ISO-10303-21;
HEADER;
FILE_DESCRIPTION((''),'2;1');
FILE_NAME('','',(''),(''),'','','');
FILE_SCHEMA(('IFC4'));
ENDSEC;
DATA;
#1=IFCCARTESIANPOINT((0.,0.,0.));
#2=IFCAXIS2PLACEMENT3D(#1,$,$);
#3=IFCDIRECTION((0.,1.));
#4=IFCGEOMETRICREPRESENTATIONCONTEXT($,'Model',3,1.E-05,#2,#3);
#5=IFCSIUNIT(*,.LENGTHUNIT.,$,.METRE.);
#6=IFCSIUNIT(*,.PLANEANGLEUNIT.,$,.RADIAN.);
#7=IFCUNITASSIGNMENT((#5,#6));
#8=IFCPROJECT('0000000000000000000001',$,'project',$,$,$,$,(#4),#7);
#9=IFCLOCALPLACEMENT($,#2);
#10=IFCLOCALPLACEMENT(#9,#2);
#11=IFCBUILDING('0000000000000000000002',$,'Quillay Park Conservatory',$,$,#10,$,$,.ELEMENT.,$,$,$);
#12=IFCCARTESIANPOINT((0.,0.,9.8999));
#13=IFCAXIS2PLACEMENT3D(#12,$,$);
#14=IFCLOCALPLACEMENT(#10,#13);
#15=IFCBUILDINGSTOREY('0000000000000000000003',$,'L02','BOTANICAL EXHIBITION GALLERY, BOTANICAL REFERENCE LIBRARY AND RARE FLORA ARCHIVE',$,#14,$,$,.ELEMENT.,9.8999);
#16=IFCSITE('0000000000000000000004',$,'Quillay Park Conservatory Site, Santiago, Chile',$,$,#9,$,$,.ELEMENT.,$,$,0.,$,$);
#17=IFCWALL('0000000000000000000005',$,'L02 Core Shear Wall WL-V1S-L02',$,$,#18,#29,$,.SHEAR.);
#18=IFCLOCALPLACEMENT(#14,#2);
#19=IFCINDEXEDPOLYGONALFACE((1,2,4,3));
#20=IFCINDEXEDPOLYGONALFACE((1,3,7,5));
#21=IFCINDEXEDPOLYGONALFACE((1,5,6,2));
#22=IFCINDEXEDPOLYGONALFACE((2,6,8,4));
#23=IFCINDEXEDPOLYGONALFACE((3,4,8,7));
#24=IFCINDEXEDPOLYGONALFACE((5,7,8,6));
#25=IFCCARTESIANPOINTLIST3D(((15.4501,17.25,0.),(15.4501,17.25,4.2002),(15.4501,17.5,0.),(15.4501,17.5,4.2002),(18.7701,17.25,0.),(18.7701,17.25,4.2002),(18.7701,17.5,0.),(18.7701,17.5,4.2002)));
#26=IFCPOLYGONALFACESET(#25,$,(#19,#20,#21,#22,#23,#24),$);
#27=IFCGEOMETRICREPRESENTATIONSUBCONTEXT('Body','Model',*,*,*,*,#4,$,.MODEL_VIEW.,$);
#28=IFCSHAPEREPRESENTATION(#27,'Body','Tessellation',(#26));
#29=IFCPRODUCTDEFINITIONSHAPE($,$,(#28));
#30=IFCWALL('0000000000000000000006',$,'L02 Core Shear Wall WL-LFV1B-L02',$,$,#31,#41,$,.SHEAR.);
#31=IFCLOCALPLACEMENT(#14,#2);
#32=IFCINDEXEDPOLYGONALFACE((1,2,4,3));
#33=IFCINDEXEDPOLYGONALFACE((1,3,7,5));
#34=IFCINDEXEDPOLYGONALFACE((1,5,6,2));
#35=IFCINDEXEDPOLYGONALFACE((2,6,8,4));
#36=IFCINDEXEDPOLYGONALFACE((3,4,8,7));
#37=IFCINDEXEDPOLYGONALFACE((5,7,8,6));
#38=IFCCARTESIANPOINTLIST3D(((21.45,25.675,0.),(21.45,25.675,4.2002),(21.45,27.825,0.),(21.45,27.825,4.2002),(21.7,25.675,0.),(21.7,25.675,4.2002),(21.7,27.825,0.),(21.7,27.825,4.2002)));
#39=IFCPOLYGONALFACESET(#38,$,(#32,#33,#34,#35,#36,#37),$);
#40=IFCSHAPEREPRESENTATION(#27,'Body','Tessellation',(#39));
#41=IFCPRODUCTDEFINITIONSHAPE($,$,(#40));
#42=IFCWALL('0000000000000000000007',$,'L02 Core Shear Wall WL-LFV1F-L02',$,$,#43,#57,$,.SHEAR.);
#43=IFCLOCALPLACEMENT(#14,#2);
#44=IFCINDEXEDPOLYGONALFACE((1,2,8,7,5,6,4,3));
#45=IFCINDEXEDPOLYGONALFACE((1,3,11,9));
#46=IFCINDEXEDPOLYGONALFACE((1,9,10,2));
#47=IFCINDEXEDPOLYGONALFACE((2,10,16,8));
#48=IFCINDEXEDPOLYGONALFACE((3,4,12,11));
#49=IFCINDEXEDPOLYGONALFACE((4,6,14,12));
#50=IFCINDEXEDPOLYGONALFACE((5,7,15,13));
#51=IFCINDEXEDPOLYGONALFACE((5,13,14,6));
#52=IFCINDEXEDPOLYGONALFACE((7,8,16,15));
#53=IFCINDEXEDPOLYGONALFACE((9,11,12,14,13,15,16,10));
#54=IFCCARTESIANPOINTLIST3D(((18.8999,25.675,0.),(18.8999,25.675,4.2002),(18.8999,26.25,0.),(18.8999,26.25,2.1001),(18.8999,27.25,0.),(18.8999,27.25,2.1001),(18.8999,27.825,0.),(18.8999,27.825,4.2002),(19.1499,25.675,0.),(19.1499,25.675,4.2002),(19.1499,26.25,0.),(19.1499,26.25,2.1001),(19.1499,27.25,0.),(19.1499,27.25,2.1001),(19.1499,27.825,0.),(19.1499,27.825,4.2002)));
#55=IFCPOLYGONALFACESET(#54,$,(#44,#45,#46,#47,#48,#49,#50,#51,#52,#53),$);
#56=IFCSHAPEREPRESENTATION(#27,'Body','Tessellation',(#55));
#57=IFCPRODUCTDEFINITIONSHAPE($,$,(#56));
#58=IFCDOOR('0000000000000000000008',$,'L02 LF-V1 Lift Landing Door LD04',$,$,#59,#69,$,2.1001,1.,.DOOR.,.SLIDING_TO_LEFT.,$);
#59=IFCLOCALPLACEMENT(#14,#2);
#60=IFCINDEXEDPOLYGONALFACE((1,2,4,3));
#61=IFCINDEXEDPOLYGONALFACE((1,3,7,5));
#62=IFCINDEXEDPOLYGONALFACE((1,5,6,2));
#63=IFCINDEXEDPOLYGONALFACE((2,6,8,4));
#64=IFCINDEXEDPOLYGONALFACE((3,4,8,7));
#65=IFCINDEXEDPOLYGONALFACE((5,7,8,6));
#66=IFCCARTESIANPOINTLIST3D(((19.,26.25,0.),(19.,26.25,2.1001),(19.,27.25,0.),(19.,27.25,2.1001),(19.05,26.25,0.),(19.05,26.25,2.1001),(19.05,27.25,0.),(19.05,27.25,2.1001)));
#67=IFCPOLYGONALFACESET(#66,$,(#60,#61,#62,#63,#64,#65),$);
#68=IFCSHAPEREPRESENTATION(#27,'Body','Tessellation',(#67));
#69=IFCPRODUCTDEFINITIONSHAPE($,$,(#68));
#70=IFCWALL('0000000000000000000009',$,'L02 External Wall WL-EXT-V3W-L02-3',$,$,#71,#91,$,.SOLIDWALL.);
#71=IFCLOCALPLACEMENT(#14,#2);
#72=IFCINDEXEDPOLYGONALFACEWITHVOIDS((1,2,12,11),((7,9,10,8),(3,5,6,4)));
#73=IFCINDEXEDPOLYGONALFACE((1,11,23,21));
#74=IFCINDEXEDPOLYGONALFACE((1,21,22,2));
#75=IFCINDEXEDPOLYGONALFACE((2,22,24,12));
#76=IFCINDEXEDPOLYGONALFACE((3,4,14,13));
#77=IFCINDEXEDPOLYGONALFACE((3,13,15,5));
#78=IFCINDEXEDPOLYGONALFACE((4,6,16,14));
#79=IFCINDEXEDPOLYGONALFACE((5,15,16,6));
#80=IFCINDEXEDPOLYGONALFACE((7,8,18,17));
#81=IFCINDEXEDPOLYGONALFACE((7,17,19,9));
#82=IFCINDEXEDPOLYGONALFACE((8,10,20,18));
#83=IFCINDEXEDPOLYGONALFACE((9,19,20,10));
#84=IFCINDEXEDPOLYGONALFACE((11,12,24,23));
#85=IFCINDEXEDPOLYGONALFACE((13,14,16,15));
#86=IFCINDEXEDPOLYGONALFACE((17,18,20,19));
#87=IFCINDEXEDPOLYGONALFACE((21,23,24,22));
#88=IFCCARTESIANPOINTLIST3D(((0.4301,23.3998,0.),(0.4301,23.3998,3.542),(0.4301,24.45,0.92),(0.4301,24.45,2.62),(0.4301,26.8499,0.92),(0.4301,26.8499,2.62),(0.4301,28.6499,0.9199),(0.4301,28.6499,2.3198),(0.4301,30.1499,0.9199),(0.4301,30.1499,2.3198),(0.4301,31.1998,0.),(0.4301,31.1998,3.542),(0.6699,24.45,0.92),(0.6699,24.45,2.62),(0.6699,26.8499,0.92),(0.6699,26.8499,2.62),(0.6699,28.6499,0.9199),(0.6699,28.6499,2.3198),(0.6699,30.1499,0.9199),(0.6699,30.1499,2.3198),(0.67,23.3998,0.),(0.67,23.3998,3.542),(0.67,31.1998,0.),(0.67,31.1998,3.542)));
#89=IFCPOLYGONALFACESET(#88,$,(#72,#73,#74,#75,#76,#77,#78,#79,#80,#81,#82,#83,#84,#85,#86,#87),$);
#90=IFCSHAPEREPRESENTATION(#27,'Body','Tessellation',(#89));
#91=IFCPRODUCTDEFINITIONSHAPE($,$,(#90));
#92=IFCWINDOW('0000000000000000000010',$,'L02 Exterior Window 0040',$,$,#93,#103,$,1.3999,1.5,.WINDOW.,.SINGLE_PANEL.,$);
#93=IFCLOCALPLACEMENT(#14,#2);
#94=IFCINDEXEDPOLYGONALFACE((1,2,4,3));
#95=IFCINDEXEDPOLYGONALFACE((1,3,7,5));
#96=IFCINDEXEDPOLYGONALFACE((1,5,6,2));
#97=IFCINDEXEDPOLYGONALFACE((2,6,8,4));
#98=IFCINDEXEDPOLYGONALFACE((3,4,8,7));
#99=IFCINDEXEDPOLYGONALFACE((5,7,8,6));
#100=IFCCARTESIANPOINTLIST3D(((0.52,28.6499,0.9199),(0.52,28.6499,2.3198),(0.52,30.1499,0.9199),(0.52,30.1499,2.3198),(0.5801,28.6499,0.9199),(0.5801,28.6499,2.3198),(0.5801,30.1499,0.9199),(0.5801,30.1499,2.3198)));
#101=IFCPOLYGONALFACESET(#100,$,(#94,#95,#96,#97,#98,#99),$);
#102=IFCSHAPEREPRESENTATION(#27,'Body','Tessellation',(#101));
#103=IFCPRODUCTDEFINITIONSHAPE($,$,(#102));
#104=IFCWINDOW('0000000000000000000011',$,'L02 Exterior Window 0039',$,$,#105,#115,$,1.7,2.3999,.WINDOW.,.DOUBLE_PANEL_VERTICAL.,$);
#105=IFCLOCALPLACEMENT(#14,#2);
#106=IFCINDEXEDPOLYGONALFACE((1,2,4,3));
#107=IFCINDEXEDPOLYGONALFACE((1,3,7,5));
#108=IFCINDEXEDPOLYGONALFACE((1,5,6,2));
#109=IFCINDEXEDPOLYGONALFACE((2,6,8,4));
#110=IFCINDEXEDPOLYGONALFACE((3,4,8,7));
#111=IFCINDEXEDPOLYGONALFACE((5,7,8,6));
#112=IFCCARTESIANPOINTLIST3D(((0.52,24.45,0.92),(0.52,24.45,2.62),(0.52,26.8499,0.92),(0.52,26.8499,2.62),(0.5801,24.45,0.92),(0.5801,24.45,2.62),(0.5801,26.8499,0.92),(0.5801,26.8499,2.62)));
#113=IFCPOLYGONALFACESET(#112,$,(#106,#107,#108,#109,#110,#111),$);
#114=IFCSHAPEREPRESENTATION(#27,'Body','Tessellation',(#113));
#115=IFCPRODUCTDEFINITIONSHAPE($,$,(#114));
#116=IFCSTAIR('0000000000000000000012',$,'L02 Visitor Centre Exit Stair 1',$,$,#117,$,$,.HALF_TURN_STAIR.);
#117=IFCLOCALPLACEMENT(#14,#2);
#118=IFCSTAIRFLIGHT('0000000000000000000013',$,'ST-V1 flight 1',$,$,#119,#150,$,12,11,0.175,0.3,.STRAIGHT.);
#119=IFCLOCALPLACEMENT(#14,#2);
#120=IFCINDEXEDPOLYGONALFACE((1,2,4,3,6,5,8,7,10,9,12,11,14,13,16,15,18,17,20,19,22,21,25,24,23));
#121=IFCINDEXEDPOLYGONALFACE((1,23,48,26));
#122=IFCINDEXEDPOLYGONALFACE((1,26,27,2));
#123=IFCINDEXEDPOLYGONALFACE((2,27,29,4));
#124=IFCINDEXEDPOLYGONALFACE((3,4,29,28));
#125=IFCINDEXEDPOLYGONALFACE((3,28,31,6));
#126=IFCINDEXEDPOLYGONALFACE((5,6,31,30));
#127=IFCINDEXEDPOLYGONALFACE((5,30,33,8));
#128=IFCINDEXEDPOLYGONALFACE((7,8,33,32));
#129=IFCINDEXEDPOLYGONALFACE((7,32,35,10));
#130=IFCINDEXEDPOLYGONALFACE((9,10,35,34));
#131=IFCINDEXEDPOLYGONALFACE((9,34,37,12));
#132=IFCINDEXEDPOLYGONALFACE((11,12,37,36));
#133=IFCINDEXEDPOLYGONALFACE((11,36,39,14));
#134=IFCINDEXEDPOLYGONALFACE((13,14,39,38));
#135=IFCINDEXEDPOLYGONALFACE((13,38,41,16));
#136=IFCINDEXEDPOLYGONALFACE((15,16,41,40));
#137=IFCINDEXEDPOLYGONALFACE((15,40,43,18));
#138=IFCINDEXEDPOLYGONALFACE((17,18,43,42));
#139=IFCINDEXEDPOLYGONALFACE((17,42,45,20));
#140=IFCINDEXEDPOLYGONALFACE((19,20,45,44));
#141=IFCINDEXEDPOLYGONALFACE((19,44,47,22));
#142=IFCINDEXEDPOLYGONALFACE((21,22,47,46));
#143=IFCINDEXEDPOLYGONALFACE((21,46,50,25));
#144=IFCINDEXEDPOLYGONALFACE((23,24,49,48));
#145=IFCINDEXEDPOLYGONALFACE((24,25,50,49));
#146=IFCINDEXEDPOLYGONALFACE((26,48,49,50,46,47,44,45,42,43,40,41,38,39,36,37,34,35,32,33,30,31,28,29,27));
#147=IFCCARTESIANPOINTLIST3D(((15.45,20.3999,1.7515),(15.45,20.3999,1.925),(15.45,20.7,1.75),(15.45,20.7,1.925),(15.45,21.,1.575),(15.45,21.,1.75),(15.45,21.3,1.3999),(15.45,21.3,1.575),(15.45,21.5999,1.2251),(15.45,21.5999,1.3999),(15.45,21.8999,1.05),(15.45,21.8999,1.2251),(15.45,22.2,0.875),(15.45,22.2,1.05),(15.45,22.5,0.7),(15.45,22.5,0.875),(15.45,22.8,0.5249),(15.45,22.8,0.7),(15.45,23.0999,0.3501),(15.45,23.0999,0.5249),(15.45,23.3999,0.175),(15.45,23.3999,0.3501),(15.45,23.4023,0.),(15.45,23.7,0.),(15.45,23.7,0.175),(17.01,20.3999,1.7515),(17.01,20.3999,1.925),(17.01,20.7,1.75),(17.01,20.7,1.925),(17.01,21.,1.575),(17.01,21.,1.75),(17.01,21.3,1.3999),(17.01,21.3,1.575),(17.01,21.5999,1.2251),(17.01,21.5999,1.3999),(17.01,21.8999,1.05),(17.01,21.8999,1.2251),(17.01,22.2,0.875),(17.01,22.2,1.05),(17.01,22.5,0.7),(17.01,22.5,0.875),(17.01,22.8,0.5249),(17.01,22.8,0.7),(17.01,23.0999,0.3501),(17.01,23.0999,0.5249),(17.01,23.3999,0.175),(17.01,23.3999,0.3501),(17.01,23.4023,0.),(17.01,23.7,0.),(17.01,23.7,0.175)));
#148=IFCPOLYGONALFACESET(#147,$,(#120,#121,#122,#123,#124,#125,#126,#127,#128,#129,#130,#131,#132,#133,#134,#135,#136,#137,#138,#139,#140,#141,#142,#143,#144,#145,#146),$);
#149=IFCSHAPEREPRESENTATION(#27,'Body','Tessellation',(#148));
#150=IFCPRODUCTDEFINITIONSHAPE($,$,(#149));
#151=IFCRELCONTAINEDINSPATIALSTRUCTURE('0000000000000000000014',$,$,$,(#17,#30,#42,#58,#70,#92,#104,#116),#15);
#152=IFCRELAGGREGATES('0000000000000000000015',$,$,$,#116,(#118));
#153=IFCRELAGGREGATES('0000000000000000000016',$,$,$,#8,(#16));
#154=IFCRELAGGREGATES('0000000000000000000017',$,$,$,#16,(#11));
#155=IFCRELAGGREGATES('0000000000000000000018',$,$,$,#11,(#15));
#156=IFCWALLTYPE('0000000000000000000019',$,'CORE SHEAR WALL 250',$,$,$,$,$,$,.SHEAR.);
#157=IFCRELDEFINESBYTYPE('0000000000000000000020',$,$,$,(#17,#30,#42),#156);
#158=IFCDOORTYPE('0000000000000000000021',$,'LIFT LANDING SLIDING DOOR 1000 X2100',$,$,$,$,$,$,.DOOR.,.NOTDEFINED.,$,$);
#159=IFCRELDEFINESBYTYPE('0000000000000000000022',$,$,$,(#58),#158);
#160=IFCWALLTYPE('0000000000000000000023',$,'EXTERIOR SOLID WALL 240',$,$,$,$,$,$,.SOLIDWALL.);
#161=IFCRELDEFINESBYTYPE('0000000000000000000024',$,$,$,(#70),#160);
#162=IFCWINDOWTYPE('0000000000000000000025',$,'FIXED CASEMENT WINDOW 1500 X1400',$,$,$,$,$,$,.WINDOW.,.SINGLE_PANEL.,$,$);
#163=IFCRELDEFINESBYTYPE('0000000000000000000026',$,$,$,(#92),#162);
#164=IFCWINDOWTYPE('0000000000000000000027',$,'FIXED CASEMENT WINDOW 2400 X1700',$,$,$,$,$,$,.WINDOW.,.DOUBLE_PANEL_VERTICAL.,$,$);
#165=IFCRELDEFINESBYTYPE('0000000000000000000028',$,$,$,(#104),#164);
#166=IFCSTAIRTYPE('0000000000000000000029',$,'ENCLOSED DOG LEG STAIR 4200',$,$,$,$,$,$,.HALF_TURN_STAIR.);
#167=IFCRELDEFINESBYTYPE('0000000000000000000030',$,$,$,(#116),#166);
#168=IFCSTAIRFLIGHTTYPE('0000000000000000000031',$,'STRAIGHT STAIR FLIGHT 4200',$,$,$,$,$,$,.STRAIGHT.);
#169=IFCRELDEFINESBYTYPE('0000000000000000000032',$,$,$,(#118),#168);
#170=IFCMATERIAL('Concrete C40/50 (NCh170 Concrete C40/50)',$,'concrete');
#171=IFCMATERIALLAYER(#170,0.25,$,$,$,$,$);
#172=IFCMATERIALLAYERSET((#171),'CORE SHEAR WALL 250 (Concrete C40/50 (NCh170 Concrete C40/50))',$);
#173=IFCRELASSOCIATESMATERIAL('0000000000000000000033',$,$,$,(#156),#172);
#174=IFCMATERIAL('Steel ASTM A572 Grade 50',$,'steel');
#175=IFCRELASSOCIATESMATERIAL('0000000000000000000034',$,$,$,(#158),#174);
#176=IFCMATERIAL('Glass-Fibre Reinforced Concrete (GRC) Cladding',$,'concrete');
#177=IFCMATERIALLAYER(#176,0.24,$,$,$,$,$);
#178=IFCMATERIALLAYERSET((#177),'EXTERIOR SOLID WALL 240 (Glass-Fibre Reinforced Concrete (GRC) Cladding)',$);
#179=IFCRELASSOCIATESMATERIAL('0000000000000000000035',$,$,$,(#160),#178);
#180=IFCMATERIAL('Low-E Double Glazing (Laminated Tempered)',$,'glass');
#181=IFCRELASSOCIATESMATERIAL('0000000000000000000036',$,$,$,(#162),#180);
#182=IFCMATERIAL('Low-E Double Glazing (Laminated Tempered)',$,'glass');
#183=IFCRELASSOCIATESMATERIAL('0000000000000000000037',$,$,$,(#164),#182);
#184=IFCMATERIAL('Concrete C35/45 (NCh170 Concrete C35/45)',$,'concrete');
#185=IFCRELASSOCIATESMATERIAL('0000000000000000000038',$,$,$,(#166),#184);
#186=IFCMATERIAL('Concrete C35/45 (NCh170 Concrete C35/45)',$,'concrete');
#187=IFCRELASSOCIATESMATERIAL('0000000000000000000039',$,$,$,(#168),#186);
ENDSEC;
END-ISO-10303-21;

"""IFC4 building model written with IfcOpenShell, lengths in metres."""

from ifc_helpers import new_model, si_unit, direction, frame, frame_2d, origin, place, context, subcontext, project, spatial, polyline, rectangle, outline, extrude, material, layer, layer_set, type_object, element, fill, aggregate, save


model = new_model("IFC4")

# Units and contexts
model_context = context("Model", 3, precision=1e-05, world=origin(), true_north=direction((0.0, 1.0)))
body_context = subcontext(model_context, "Body", "Model", "MODEL_VIEW")
ifc_project = project(units=[si_unit("LENGTHUNIT", "METRE"), si_unit("PLANEANGLEUNIT", "RADIAN")], contexts=[model_context])

# Site, building, storey
site_placement = place(None, origin())
site = spatial("IfcSite", under=ifc_project, at=site_placement, Name="Quillay Park Conservatory Site, Santiago, Chile", CompositionType="ELEMENT", RefElevation=0.0)
building_placement = place(site_placement, origin())
building = spatial("IfcBuilding", under=site, at=building_placement, Name="Quillay Park Conservatory", CompositionType="ELEMENT")
storey_placement = place(building_placement, frame((0.0, 0.0, 9.8999)))
storey = spatial("IfcBuildingStorey", under=building, at=storey_placement, Name="L02", Description="BOTANICAL EXHIBITION GALLERY, BOTANICAL REFERENCE LIBRARY AND RARE FLORA ARCHIVE", CompositionType="ELEMENT", Elevation=9.8999)

# Wall
ifc_material_1 = material(Name="Concrete C40/50 (NCh170 Concrete C40/50)", Category="concrete")
ifc_layer_1 = layer(ifc_material_1, 0.25)
ifc_layer_set_1 = layer_set([ifc_layer_1], Name="CORE SHEAR WALL 250 (Concrete C40/50 (NCh170 Concrete C40/50))")
wall_type_1 = type_object("IfcWallType", Name="CORE SHEAR WALL 250", PredefinedType="SHEAR", material=ifc_layer_set_1)
wall_1_placement = place(storey_placement, frame((15.45, 17.375, 0.0), z_axis=(0.0, 0.0, 1.0), x_axis=(1.0, 0.0, 0.0)))
element("IfcWall", 1, at=wall_1_placement, inside=storey, type_object=wall_type_1, Name="L02 Core Shear Wall WL-V1S-L02", PredefinedType="SHEAR", context=body_context, shape_type="SweptSolid", body=[
    extrude(rectangle(XDim=3.3201, YDim=0.25, at=frame_2d((1.6602, 0.0))), origin(), (0.0, 0.0, 1.0), 4.2002),
])

# Wall
wall_2_placement = place(storey_placement, frame((21.575, 25.675, 0.0), z_axis=(0.0, 0.0, 1.0), x_axis=(0.0, 1.0, 0.0)))
element("IfcWall", 2, at=wall_2_placement, inside=storey, type_object=wall_type_1, Name="L02 Core Shear Wall WL-LFV1B-L02", PredefinedType="SHEAR", context=body_context, shape_type="SweptSolid", body=[
    extrude(rectangle(XDim=2.1499, YDim=0.25, at=frame_2d((1.075, 0.0))), origin(), (0.0, 0.0, 1.0), 4.2002),
])

# Wall, opening, door
wall_3_placement = place(storey_placement, frame((19.0249, 25.675, 0.0), z_axis=(0.0, 0.0, 1.0), x_axis=(0.0, 1.0, 0.0)))
wall_3 = element("IfcWall", 3, at=wall_3_placement, inside=storey, type_object=wall_type_1, Name="L02 Core Shear Wall WL-LFV1F-L02", PredefinedType="SHEAR", context=body_context, shape_type="SweptSolid", body=[
    extrude(rectangle(XDim=2.1499, YDim=0.25, at=frame_2d((1.075, 0.0))), origin(), (0.0, 0.0, 1.0), 4.2002),
])
opening_1_placement = place(wall_3_placement, frame((0.575, 0.0, 0.0)))
opening_1 = element("IfcOpeningElement", 4, at=opening_1_placement, cuts=wall_3, PredefinedType="OPENING", context=body_context, shape_type="SweptSolid", body=[
    extrude(rectangle(XDim=1.0, YDim=2.1001, at=frame_2d((0.5, 1.05))), frame((0.0, 0.125, 0.0), z_axis=(0.0, -1.0, 0.0), x_axis=(1.0, 0.0, 0.0)), (0.0, 0.0, 1.0), 0.25),
])
ifc_material_2 = material(Name="Steel ASTM A572 Grade 50", Category="steel")
door_type_1 = type_object("IfcDoorType", Name="LIFT LANDING SLIDING DOOR 1000 X2100", OperationType="NOTDEFINED", PredefinedType="DOOR", material=ifc_material_2)
door_1_placement = place(opening_1_placement, origin())
door_1 = element("IfcDoor", 5, at=door_1_placement, inside=storey, type_object=door_type_1, Name="L02 LF-V1 Lift Landing Door LD04", OperationType="SLIDING_TO_LEFT", OverallHeight=2.1001, OverallWidth=1.0, PredefinedType="DOOR", context=body_context, shape_type="SweptSolid", body=[
    extrude(rectangle(XDim=1.0, YDim=2.1001, at=frame_2d((0.5, 1.05))), frame((0.0, 0.0249, 0.0), z_axis=(0.0, -1.0, 0.0), x_axis=(1.0, 0.0, 0.0)), (0.0, 0.0, 1.0), 0.05),
])
fill(opening_1, door_1)

# Wall, openings, windows
ifc_material_3 = material(Name="Glass-Fibre Reinforced Concrete (GRC) Cladding", Category="concrete")
ifc_layer_2 = layer(ifc_material_3, 0.24)
ifc_layer_set_2 = layer_set([ifc_layer_2], Name="EXTERIOR SOLID WALL 240 (Glass-Fibre Reinforced Concrete (GRC) Cladding)")
wall_type_2 = type_object("IfcWallType", Name="EXTERIOR SOLID WALL 240", PredefinedType="SOLIDWALL", material=ifc_layer_set_2)
wall_4_placement = place(storey_placement, frame((0.55, 23.3999, 0.0), z_axis=(0.0, 0.0, 1.0), x_axis=(0.0, 1.0, 0.0)))
wall_4 = element("IfcWall", 6, at=wall_4_placement, inside=storey, type_object=wall_type_2, Name="L02 External Wall WL-EXT-V3W-L02-3", PredefinedType="SOLIDWALL", context=body_context, shape_type="SweptSolid", body=[
    extrude(rectangle(XDim=7.8, YDim=0.24, at=frame_2d((3.8999, 0.0))), origin(), (0.0, 0.0, 1.0), 3.542),
])
opening_2_placement = place(wall_4_placement, frame((1.05, 0.0, 0.9199)))
opening_2 = element("IfcOpeningElement", 7, at=opening_2_placement, cuts=wall_4, PredefinedType="OPENING", context=body_context, shape_type="SweptSolid", body=[
    extrude(rectangle(XDim=2.3999, YDim=1.7, at=frame_2d((1.2, 0.8501))), frame((0.0, 0.1201, 0.0), z_axis=(0.0, -1.0, 0.0), x_axis=(1.0, 0.0, 0.0)), (0.0, 0.0, 1.0), 0.24),
])
opening_3_placement = place(wall_4_placement, frame((5.25, 0.0, 0.9199)))
opening_3 = element("IfcOpeningElement", 8, at=opening_3_placement, cuts=wall_4, PredefinedType="OPENING", context=body_context, shape_type="SweptSolid", body=[
    extrude(rectangle(XDim=1.5, YDim=1.3999, at=frame_2d((0.75, 0.7))), frame((0.0, 0.1201, 0.0), z_axis=(0.0, -1.0, 0.0), x_axis=(1.0, 0.0, 0.0)), (0.0, 0.0, 1.0), 0.24),
])
ifc_material_4 = material(Name="Low-E Double Glazing (Laminated Tempered)", Category="glass")
window_type_1 = type_object("IfcWindowType", Name="FIXED CASEMENT WINDOW 1500 X1400", PartitioningType="SINGLE_PANEL", PredefinedType="WINDOW", material=ifc_material_4)
window_1_placement = place(opening_3_placement, origin())
window_1 = element("IfcWindow", 9, at=window_1_placement, inside=storey, type_object=window_type_1, Name="L02 Exterior Window 0040", OverallHeight=1.3999, OverallWidth=1.5, PartitioningType="SINGLE_PANEL", PredefinedType="WINDOW", context=body_context, shape_type="SweptSolid", body=[
    extrude(rectangle(XDim=1.5, YDim=1.3999, at=frame_2d((0.75, 0.7))), frame((0.0, 0.03, 0.0), z_axis=(0.0, -1.0, 0.0), x_axis=(1.0, 0.0, 0.0)), (0.0, 0.0, 1.0), 0.0601),
])
fill(opening_3, window_1)
ifc_material_5 = material(Name="Low-E Double Glazing (Laminated Tempered)", Category="glass")
window_type_2 = type_object("IfcWindowType", Name="FIXED CASEMENT WINDOW 2400 X1700", PartitioningType="DOUBLE_PANEL_VERTICAL", PredefinedType="WINDOW", material=ifc_material_5)
window_2_placement = place(opening_2_placement, origin())
window_2 = element("IfcWindow", 10, at=window_2_placement, inside=storey, type_object=window_type_2, Name="L02 Exterior Window 0039", OverallHeight=1.7, OverallWidth=2.3999, PartitioningType="DOUBLE_PANEL_VERTICAL", PredefinedType="WINDOW", context=body_context, shape_type="SweptSolid", body=[
    extrude(rectangle(XDim=2.3999, YDim=1.7, at=frame_2d((1.2, 0.8501))), frame((0.0, 0.03, 0.0), z_axis=(0.0, -1.0, 0.0), x_axis=(1.0, 0.0, 0.0)), (0.0, 0.0, 1.0), 0.0601),
])
fill(opening_2, window_2)

# Stair, stair flight
ifc_material_6 = material(Name="Concrete C35/45 (NCh170 Concrete C35/45)", Category="concrete")
stair_type = type_object("IfcStairType", Name="ENCLOSED DOG LEG STAIR 4200", PredefinedType="HALF_TURN_STAIR", material=ifc_material_6)
stair_placement = place(storey_placement, origin())
stair = element("IfcStair", 11, at=stair_placement, inside=storey, type_object=stair_type, Name="L02 Visitor Centre Exit Stair 1", PredefinedType="HALF_TURN_STAIR")
ifc_material_7 = material(Name="Concrete C35/45 (NCh170 Concrete C35/45)", Category="concrete")
stair_flight_type = type_object("IfcStairFlightType", Name="STRAIGHT STAIR FLIGHT 4200", PredefinedType="STRAIGHT", material=ifc_material_7)
stair_flight_1_placement = place(storey_placement, frame((16.23, 23.7, 0.0), z_axis=(0.0, 0.0, 1.0), x_axis=(0.0, -1.0, 0.0)))
stair_flight_1 = element("IfcStairFlight", 12, at=stair_flight_1_placement, type_object=stair_flight_type, Name="ST-V1 flight 1", NumberOfRisers=12, NumberOfTreads=11, PredefinedType="STRAIGHT", RiserHeight=0.175, TreadLength=0.3, context=body_context, shape_type="SweptSolid", body=[
    extrude(outline(polyline([(0.0, 0.0), (0.0, 0.175), (0.3, 0.175), (0.3, 0.3501), (0.6001, 0.3501), (0.6001, 0.5249), (0.8999, 0.5249), (0.8999, 0.7), (1.2, 0.7), (1.2, 0.875), (1.5, 0.875), (1.5, 1.05), (1.8, 1.05), (1.8, 1.2251), (2.1001, 1.2251), (2.1001, 1.3999), (2.3999, 1.3999), (2.3999, 1.575), (2.7, 1.575), (2.7, 1.75), (3.0, 1.75), (3.0, 1.925), (3.3, 1.925), (3.3, 2.1001), (3.3, 1.7515), (0.2976, 0.0), (0.0, 0.0)])), frame((0.0, 0.78, 0.0), z_axis=(0.0, -1.0, 0.0), x_axis=(1.0, 0.0, 0.0)), (0.0, 0.0, 1.0), 1.5601),
])
aggregate(stair, [stair_flight_1])

save(model, "model.ifc")
